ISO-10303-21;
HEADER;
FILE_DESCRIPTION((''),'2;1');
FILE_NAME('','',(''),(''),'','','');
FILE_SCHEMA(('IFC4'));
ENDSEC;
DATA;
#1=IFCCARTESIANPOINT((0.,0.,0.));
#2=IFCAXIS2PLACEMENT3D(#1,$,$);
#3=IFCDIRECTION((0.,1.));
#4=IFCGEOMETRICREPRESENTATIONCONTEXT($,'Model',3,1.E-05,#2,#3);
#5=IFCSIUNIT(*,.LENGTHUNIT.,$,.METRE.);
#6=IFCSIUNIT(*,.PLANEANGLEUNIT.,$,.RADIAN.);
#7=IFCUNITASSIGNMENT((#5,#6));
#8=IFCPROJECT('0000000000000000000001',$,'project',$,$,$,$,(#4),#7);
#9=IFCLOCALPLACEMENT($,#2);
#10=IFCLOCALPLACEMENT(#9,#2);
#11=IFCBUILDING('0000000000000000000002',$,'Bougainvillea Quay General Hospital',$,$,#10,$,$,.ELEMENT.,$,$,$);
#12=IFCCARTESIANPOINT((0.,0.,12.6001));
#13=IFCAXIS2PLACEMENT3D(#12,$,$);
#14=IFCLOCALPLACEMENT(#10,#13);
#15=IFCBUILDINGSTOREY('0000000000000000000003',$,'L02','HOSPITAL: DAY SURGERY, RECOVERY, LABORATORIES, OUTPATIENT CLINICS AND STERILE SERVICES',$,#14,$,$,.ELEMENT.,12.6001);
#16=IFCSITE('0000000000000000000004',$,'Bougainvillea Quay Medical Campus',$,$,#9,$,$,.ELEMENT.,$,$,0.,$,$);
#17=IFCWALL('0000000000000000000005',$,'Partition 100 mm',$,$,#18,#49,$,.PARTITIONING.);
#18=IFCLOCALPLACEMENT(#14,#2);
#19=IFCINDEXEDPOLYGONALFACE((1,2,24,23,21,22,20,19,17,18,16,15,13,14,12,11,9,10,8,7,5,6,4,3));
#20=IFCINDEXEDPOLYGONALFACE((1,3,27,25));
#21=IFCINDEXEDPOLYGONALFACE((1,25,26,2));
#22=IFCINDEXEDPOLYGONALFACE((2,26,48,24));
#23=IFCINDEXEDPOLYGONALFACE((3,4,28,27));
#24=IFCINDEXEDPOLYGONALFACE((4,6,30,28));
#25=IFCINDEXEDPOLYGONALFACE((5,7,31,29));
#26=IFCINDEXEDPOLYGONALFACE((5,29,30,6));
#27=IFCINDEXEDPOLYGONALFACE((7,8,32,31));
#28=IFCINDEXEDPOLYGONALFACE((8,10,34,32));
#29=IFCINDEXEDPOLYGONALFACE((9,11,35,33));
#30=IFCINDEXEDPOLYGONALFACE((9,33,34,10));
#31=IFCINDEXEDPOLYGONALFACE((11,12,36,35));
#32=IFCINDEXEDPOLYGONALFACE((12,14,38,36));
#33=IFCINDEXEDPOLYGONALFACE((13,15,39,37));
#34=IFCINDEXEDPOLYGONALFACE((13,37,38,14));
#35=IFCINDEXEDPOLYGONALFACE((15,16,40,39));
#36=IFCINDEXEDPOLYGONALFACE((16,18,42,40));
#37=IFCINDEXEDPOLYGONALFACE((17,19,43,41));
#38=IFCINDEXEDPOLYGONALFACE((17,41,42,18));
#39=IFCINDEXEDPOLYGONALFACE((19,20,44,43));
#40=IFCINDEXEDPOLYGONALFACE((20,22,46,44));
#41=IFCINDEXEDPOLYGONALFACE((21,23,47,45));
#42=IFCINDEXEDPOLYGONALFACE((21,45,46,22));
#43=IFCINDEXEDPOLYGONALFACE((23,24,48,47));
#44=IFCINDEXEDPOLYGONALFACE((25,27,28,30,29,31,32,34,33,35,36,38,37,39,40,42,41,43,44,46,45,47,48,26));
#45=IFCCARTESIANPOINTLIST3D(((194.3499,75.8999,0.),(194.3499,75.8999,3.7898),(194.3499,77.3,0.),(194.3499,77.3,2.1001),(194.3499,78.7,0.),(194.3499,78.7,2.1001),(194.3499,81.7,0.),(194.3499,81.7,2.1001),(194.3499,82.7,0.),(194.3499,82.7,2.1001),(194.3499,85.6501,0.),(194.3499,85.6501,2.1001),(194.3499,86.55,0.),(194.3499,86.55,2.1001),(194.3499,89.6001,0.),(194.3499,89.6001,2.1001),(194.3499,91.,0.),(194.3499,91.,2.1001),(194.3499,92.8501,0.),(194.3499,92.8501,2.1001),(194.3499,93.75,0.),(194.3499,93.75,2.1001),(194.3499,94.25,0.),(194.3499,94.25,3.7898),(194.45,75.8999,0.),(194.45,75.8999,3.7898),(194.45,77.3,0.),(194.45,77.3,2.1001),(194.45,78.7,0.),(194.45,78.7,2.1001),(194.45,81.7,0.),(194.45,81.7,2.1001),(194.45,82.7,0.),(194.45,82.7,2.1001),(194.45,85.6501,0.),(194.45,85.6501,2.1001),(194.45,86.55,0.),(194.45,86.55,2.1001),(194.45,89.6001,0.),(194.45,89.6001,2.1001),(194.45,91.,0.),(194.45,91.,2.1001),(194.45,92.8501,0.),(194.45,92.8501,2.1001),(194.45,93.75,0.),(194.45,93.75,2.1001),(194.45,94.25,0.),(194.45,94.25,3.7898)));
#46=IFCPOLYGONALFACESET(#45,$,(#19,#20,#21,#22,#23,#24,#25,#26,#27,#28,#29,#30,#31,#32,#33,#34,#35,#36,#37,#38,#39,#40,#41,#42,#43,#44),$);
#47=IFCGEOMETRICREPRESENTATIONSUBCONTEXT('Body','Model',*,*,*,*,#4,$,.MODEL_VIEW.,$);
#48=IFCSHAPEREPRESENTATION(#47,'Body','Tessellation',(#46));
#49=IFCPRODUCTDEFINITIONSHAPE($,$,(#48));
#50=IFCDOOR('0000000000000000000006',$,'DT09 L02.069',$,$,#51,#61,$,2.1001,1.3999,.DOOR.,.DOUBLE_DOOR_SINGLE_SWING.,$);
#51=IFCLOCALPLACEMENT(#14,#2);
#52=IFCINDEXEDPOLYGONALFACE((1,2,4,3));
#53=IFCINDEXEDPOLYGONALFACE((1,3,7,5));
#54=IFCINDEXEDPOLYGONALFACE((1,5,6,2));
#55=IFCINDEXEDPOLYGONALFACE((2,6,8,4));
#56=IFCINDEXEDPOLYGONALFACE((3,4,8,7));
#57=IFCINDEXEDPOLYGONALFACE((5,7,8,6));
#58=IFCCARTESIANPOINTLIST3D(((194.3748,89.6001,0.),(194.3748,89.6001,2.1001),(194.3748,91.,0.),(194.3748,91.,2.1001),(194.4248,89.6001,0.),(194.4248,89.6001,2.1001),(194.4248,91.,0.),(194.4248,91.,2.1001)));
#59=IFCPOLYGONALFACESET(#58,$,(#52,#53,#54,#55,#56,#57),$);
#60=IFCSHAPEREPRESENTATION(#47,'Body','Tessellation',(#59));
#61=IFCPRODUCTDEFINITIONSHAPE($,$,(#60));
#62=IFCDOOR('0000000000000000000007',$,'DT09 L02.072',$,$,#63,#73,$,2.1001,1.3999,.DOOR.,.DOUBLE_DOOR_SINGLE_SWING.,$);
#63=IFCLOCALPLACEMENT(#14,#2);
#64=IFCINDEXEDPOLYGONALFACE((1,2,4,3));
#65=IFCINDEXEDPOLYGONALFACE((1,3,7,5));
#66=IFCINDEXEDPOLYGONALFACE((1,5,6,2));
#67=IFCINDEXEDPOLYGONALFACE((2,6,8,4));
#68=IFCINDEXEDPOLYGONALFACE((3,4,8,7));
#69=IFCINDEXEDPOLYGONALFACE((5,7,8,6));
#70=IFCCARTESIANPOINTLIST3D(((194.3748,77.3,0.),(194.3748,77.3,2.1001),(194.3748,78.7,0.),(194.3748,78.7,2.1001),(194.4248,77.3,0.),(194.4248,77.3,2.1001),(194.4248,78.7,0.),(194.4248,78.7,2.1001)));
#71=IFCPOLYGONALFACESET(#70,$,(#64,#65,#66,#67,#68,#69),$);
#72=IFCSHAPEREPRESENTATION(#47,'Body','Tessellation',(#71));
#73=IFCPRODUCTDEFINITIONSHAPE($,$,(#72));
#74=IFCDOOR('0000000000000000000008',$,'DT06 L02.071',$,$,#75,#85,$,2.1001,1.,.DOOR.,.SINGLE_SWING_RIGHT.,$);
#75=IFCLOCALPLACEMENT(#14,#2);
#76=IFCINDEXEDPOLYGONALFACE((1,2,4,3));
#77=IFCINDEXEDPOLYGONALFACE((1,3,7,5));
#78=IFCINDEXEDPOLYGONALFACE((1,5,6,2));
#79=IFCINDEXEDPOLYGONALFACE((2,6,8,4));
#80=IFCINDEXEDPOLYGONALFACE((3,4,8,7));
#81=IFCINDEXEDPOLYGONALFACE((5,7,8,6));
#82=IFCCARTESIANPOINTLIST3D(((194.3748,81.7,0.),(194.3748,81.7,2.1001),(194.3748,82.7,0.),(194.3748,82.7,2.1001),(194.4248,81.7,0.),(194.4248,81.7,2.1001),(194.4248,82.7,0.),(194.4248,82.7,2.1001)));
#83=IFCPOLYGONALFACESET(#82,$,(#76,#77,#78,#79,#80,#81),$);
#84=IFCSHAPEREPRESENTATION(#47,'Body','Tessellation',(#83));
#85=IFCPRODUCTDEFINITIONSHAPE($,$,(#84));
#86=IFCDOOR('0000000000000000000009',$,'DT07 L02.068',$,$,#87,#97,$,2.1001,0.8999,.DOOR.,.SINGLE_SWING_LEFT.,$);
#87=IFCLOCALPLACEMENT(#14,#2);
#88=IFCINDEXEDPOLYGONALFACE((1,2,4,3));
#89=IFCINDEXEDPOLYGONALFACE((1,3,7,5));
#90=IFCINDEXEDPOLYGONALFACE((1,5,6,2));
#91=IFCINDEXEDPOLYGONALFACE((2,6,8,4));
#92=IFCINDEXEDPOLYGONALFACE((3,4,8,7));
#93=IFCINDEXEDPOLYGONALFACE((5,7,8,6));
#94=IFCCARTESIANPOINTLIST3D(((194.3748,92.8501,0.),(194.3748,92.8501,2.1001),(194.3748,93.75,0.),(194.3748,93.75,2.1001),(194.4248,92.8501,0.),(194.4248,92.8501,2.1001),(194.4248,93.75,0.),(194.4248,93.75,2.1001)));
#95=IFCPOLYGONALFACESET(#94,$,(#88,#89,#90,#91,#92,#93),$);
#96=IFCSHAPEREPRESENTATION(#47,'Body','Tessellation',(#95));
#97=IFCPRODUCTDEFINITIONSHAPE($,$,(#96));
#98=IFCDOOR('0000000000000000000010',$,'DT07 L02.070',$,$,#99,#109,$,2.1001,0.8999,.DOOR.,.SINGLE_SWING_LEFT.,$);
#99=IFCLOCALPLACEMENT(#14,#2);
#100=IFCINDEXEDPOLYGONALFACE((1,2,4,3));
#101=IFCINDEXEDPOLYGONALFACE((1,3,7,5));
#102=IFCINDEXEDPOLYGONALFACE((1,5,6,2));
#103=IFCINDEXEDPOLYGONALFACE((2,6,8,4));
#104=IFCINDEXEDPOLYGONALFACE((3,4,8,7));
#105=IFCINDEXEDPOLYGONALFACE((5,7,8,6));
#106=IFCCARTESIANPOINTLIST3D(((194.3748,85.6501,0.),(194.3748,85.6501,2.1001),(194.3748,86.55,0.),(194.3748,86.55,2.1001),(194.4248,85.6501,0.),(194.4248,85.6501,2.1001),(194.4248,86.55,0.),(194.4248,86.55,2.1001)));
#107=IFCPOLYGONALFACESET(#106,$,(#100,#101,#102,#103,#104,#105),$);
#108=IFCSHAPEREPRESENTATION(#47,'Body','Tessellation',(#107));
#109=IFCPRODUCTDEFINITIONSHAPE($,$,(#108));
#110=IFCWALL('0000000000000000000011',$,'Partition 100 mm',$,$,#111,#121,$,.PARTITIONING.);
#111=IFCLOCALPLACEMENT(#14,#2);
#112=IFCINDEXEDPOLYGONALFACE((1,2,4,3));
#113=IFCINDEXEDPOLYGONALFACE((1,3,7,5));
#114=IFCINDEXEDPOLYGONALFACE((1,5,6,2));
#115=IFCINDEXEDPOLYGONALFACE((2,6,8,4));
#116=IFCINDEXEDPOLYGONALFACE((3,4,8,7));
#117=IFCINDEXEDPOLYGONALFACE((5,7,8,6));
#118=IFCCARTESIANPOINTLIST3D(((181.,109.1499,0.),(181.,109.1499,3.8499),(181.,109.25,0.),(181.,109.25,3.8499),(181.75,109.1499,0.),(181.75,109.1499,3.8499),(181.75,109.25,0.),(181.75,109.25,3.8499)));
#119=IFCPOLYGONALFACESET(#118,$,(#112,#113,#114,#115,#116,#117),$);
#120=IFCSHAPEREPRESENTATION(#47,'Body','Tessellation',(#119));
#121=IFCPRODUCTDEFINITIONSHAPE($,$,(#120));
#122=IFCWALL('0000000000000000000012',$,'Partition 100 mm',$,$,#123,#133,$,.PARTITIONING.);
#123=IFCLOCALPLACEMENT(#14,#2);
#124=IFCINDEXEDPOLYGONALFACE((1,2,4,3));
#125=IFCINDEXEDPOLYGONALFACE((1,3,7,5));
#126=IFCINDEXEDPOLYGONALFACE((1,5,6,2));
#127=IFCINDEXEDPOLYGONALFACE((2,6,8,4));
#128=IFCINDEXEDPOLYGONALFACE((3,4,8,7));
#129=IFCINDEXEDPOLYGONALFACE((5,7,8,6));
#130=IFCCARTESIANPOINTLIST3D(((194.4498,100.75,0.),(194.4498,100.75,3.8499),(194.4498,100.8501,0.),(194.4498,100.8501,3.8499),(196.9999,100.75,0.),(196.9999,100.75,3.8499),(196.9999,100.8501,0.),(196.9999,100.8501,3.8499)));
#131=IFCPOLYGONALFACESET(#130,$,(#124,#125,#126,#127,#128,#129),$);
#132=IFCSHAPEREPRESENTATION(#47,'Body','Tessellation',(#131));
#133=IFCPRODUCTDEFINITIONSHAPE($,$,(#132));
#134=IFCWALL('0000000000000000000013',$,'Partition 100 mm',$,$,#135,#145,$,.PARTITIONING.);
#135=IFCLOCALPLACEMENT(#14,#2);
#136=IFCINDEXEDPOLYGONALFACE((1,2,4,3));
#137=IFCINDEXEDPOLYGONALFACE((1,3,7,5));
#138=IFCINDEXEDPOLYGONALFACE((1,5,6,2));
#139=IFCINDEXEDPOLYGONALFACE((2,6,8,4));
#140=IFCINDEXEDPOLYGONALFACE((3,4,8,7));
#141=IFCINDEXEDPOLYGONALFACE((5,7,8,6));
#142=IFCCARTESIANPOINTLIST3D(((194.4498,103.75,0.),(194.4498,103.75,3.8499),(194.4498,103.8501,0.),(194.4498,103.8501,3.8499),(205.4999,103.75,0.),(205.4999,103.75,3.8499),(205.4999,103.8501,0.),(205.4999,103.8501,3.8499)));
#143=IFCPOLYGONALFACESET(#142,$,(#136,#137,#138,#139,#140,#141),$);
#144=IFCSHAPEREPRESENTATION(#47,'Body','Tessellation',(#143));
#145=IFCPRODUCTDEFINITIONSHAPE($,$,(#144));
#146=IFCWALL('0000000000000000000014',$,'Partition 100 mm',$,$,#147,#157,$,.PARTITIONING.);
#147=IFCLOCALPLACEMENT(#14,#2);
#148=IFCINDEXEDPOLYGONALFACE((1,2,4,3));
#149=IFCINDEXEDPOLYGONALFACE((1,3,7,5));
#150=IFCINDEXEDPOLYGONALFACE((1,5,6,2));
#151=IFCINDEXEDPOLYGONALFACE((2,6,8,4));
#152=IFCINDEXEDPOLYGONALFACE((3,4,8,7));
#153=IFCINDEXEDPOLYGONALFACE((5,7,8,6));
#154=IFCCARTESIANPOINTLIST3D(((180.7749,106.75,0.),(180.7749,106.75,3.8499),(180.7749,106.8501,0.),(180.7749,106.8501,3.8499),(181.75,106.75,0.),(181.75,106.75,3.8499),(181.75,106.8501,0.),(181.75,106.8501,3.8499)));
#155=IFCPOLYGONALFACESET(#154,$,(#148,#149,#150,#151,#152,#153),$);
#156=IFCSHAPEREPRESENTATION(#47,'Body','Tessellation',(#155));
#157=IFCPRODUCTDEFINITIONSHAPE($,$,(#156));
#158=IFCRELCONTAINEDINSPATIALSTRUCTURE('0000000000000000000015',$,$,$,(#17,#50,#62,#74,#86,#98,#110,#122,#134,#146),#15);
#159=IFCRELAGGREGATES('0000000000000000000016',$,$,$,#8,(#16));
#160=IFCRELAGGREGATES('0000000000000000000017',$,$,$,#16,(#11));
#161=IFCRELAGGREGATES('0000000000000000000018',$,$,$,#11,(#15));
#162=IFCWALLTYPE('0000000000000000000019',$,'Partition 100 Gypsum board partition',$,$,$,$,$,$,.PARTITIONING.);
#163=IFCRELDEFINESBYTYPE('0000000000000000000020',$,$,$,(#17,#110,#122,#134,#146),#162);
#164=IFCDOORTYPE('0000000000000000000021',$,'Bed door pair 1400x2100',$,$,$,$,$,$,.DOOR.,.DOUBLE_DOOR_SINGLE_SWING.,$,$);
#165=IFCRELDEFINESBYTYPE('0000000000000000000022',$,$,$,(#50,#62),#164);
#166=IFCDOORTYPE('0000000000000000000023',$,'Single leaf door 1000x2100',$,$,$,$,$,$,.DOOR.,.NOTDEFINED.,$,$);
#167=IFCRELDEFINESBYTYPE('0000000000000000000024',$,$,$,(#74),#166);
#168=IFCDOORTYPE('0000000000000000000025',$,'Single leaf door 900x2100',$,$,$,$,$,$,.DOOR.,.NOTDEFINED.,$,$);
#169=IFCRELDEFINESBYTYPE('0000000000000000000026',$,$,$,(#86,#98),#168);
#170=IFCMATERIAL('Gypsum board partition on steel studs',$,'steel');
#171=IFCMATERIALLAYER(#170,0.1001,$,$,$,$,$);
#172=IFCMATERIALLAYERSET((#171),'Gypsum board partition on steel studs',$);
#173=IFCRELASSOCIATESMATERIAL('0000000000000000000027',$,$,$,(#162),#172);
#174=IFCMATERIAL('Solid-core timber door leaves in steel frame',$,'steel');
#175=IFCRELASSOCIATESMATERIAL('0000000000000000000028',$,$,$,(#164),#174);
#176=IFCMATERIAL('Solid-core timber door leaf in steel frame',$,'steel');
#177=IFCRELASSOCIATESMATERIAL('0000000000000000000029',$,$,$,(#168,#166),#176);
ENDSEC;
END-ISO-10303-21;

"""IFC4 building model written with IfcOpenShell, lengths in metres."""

from ifc_helpers import new_model, si_unit, direction, frame, frame_2d, origin, place, context, subcontext, project, spatial, rectangle, extrude, material, layer, layer_set, type_object, element, fill, save


model = new_model("IFC4")

# Units and contexts
model_context = context("Model", 3, precision=1e-05, world=origin(), true_north=direction((0.0, 1.0)))
body_context = subcontext(model_context, "Body", "Model", "MODEL_VIEW")
ifc_project = project(units=[si_unit("LENGTHUNIT", "METRE"), si_unit("PLANEANGLEUNIT", "RADIAN")], contexts=[model_context])

# Site, building, storey
site_placement = place(None, origin())
site = spatial("IfcSite", under=ifc_project, at=site_placement, Name="Bougainvillea Quay Medical Campus", CompositionType="ELEMENT", RefElevation=0.0)
building_placement = place(site_placement, origin())
building = spatial("IfcBuilding", under=site, at=building_placement, Name="Bougainvillea Quay General Hospital", CompositionType="ELEMENT")
storey_placement = place(building_placement, frame((0.0, 0.0, 12.6001)))
storey = spatial("IfcBuildingStorey", under=building, at=storey_placement, Name="L02", Description="HOSPITAL: DAY SURGERY, RECOVERY, LABORATORIES, OUTPATIENT CLINICS AND STERILE SERVICES", CompositionType="ELEMENT", Elevation=12.6001)

# Wall, openings, doors
ifc_material_1 = material(Name="Gypsum board partition on steel studs", Category="steel")
ifc_layer = layer(ifc_material_1, 0.1001)
ifc_layer_set = layer_set([ifc_layer], Name="Gypsum board partition on steel studs")
wall_type = type_object("IfcWallType", Name="Partition 100 Gypsum board partition", PredefinedType="PARTITIONING", material=ifc_layer_set)
ifc_material_2 = material(Name="Solid-core timber door leaves in steel frame", Category="steel")
door_type_1 = type_object("IfcDoorType", Name="Bed door pair 1400x2100", OperationType="DOUBLE_DOOR_SINGLE_SWING", PredefinedType="DOOR", material=ifc_material_2)
ifc_material_3 = material(Name="Solid-core timber door leaf in steel frame", Category="steel")
door_type_2 = type_object("IfcDoorType", Name="Single leaf door 900x2100", OperationType="NOTDEFINED", PredefinedType="DOOR", material=ifc_material_3)
wall_1_placement = place(storey_placement, frame((194.3999, 94.25, 0.0), z_axis=(0.0, 0.0, 1.0), x_axis=(0.0, -1.0, 0.0)))
wall_1 = element("IfcWall", 1, at=wall_1_placement, inside=storey, type_object=wall_type, Name="Partition 100 mm", PredefinedType="PARTITIONING", context=body_context, shape_type="SweptSolid", body=[
    extrude(rectangle(XDim=18.3501, YDim=0.1001, at=frame_2d((9.175, 0.0))), origin(), (0.0, 0.0, 1.0), 3.7898),
])
opening_1_placement = place(wall_1_placement, frame((0.5, 0.0, 0.0)))
opening_1 = element("IfcOpeningElement", 2, at=opening_1_placement, cuts=wall_1, PredefinedType="OPENING", context=body_context, shape_type="SweptSolid", body=[
    extrude(rectangle(XDim=0.8999, YDim=2.1001, at=frame_2d((0.45, 1.05))), frame((0.0, 0.0601, 0.0), z_axis=(0.0, -1.0, 0.0), x_axis=(1.0, 0.0, 0.0)), (0.0, 0.0, 1.0), 0.1201),
])
opening_2_placement = place(wall_1_placement, frame((3.25, 0.0, 0.0)))
opening_2 = element("IfcOpeningElement", 3, at=opening_2_placement, cuts=wall_1, PredefinedType="OPENING", context=body_context, shape_type="SweptSolid", body=[
    extrude(rectangle(XDim=1.3999, YDim=2.1001, at=frame_2d((0.7, 1.05))), frame((0.0, 0.0601, 0.0), z_axis=(0.0, -1.0, 0.0), x_axis=(1.0, 0.0, 0.0)), (0.0, 0.0, 1.0), 0.1201),
])
opening_3_placement = place(wall_1_placement, frame((7.7, 0.0, 0.0)))
opening_3 = element("IfcOpeningElement", 4, at=opening_3_placement, cuts=wall_1, PredefinedType="OPENING", context=body_context, shape_type="SweptSolid", body=[
    extrude(rectangle(XDim=0.8999, YDim=2.1001, at=frame_2d((0.45, 1.05))), frame((0.0, 0.0601, 0.0), z_axis=(0.0, -1.0, 0.0), x_axis=(1.0, 0.0, 0.0)), (0.0, 0.0, 1.0), 0.1201),
])
opening_4_placement = place(wall_1_placement, frame((11.55, 0.0, 0.0)))
opening_4 = element("IfcOpeningElement", 5, at=opening_4_placement, cuts=wall_1, PredefinedType="OPENING", context=body_context, shape_type="SweptSolid", body=[
    extrude(rectangle(XDim=1.0, YDim=2.1001, at=frame_2d((0.5, 1.05))), frame((0.0, 0.0601, 0.0), z_axis=(0.0, -1.0, 0.0), x_axis=(1.0, 0.0, 0.0)), (0.0, 0.0, 1.0), 0.1201),
])
opening_5_placement = place(wall_1_placement, frame((15.55, 0.0, 0.0)))
opening_5 = element("IfcOpeningElement", 6, at=opening_5_placement, cuts=wall_1, PredefinedType="OPENING", context=body_context, shape_type="SweptSolid", body=[
    extrude(rectangle(XDim=1.3999, YDim=2.1001, at=frame_2d((0.7, 1.05))), frame((0.0, 0.0601, 0.0), z_axis=(0.0, -1.0, 0.0), x_axis=(1.0, 0.0, 0.0)), (0.0, 0.0, 1.0), 0.1201),
])
door_1_placement = place(opening_2_placement, origin())
door_1 = element("IfcDoor", 7, at=door_1_placement, inside=storey, type_object=door_type_1, Name="DT09 L02.069", OperationType="DOUBLE_DOOR_SINGLE_SWING", OverallHeight=2.1001, OverallWidth=1.3999, PredefinedType="DOOR", context=body_context, shape_type="SweptSolid", body=[
    extrude(rectangle(XDim=1.3999, YDim=2.1001, at=frame_2d((0.7, 1.05))), frame((0.0, 0.0249, 0.0), z_axis=(0.0, -1.0, 0.0), x_axis=(1.0, 0.0, 0.0)), (0.0, 0.0, 1.0), 0.05),
])
fill(opening_2, door_1)
door_2_placement = place(opening_5_placement, origin())
door_2 = element("IfcDoor", 8, at=door_2_placement, inside=storey, type_object=door_type_1, Name="DT09 L02.072", OperationType="DOUBLE_DOOR_SINGLE_SWING", OverallHeight=2.1001, OverallWidth=1.3999, PredefinedType="DOOR", context=body_context, shape_type="SweptSolid", body=[
    extrude(rectangle(XDim=1.3999, YDim=2.1001, at=frame_2d((0.7, 1.05))), frame((0.0, 0.0249, 0.0), z_axis=(0.0, -1.0, 0.0), x_axis=(1.0, 0.0, 0.0)), (0.0, 0.0, 1.0), 0.05),
])
fill(opening_5, door_2)
door_type_3 = type_object("IfcDoorType", Name="Single leaf door 1000x2100", OperationType="NOTDEFINED", PredefinedType="DOOR", material=ifc_material_3)
door_3_placement = place(opening_4_placement, origin())
door_3 = element("IfcDoor", 9, at=door_3_placement, inside=storey, type_object=door_type_3, Name="DT06 L02.071", OperationType="SINGLE_SWING_RIGHT", OverallHeight=2.1001, OverallWidth=1.0, PredefinedType="DOOR", context=body_context, shape_type="SweptSolid", body=[
    extrude(rectangle(XDim=1.0, YDim=2.1001, at=frame_2d((0.5, 1.05))), frame((0.0, 0.0249, 0.0), z_axis=(0.0, -1.0, 0.0), x_axis=(1.0, 0.0, 0.0)), (0.0, 0.0, 1.0), 0.05),
])
fill(opening_4, door_3)
door_4_placement = place(opening_1_placement, origin())
door_4 = element("IfcDoor", 10, at=door_4_placement, inside=storey, type_object=door_type_2, Name="DT07 L02.068", OperationType="SINGLE_SWING_LEFT", OverallHeight=2.1001, OverallWidth=0.8999, PredefinedType="DOOR", context=body_context, shape_type="SweptSolid", body=[
    extrude(rectangle(XDim=0.8999, YDim=2.1001, at=frame_2d((0.45, 1.05))), frame((0.0, 0.0249, 0.0), z_axis=(0.0, -1.0, 0.0), x_axis=(1.0, 0.0, 0.0)), (0.0, 0.0, 1.0), 0.05),
])
fill(opening_1, door_4)
door_5_placement = place(opening_3_placement, origin())
door_5 = element("IfcDoor", 11, at=door_5_placement, inside=storey, type_object=door_type_2, Name="DT07 L02.070", OperationType="SINGLE_SWING_LEFT", OverallHeight=2.1001, OverallWidth=0.8999, PredefinedType="DOOR", context=body_context, shape_type="SweptSolid", body=[
    extrude(rectangle(XDim=0.8999, YDim=2.1001, at=frame_2d((0.45, 1.05))), frame((0.0, 0.0249, 0.0), z_axis=(0.0, -1.0, 0.0), x_axis=(1.0, 0.0, 0.0)), (0.0, 0.0, 1.0), 0.05),
])
fill(opening_3, door_5)

# Walls
wall_2_placement = place(storey_placement, frame((181.0, 109.2, 0.0), z_axis=(0.0, 0.0, 1.0), x_axis=(1.0, 0.0, 0.0)))
element("IfcWall", 12, at=wall_2_placement, inside=storey, type_object=wall_type, Name="Partition 100 mm", PredefinedType="PARTITIONING", context=body_context, shape_type="SweptSolid", body=[
    extrude(rectangle(XDim=0.75, YDim=0.1001, at=frame_2d((0.375, 0.0))), origin(), (0.0, 0.0, 1.0), 3.8499),
])
wall_3_placement = place(storey_placement, frame((194.45, 100.8, 0.0), z_axis=(0.0, 0.0, 1.0), x_axis=(1.0, 0.0, 0.0)))
element("IfcWall", 13, at=wall_3_placement, inside=storey, type_object=wall_type, Name="Partition 100 mm", PredefinedType="PARTITIONING", context=body_context, shape_type="SweptSolid", body=[
    extrude(rectangle(XDim=2.55, YDim=0.1001, at=frame_2d((1.2749, 0.0))), origin(), (0.0, 0.0, 1.0), 3.8499),
])
wall_4_placement = place(storey_placement, frame((194.45, 103.8, 0.0), z_axis=(0.0, 0.0, 1.0), x_axis=(1.0, 0.0, 0.0)))
element("IfcWall", 14, at=wall_4_placement, inside=storey, type_object=wall_type, Name="Partition 100 mm", PredefinedType="PARTITIONING", context=body_context, shape_type="SweptSolid", body=[
    extrude(rectangle(XDim=11.05, YDim=0.1001, at=frame_2d((5.5249, 0.0))), origin(), (0.0, 0.0, 1.0), 3.8499),
])
wall_5_placement = place(storey_placement, frame((180.7749, 106.8, 0.0), z_axis=(0.0, 0.0, 1.0), x_axis=(1.0, 0.0, 0.0)))
element("IfcWall", 15, at=wall_5_placement, inside=storey, type_object=wall_type, Name="Partition 100 mm", PredefinedType="PARTITIONING", context=body_context, shape_type="SweptSolid", body=[
    extrude(rectangle(XDim=0.9751, YDim=0.1001, at=frame_2d((0.4875, 0.0))), origin(), (0.0, 0.0, 1.0), 3.8499),
])

save(model, "model.ifc")
